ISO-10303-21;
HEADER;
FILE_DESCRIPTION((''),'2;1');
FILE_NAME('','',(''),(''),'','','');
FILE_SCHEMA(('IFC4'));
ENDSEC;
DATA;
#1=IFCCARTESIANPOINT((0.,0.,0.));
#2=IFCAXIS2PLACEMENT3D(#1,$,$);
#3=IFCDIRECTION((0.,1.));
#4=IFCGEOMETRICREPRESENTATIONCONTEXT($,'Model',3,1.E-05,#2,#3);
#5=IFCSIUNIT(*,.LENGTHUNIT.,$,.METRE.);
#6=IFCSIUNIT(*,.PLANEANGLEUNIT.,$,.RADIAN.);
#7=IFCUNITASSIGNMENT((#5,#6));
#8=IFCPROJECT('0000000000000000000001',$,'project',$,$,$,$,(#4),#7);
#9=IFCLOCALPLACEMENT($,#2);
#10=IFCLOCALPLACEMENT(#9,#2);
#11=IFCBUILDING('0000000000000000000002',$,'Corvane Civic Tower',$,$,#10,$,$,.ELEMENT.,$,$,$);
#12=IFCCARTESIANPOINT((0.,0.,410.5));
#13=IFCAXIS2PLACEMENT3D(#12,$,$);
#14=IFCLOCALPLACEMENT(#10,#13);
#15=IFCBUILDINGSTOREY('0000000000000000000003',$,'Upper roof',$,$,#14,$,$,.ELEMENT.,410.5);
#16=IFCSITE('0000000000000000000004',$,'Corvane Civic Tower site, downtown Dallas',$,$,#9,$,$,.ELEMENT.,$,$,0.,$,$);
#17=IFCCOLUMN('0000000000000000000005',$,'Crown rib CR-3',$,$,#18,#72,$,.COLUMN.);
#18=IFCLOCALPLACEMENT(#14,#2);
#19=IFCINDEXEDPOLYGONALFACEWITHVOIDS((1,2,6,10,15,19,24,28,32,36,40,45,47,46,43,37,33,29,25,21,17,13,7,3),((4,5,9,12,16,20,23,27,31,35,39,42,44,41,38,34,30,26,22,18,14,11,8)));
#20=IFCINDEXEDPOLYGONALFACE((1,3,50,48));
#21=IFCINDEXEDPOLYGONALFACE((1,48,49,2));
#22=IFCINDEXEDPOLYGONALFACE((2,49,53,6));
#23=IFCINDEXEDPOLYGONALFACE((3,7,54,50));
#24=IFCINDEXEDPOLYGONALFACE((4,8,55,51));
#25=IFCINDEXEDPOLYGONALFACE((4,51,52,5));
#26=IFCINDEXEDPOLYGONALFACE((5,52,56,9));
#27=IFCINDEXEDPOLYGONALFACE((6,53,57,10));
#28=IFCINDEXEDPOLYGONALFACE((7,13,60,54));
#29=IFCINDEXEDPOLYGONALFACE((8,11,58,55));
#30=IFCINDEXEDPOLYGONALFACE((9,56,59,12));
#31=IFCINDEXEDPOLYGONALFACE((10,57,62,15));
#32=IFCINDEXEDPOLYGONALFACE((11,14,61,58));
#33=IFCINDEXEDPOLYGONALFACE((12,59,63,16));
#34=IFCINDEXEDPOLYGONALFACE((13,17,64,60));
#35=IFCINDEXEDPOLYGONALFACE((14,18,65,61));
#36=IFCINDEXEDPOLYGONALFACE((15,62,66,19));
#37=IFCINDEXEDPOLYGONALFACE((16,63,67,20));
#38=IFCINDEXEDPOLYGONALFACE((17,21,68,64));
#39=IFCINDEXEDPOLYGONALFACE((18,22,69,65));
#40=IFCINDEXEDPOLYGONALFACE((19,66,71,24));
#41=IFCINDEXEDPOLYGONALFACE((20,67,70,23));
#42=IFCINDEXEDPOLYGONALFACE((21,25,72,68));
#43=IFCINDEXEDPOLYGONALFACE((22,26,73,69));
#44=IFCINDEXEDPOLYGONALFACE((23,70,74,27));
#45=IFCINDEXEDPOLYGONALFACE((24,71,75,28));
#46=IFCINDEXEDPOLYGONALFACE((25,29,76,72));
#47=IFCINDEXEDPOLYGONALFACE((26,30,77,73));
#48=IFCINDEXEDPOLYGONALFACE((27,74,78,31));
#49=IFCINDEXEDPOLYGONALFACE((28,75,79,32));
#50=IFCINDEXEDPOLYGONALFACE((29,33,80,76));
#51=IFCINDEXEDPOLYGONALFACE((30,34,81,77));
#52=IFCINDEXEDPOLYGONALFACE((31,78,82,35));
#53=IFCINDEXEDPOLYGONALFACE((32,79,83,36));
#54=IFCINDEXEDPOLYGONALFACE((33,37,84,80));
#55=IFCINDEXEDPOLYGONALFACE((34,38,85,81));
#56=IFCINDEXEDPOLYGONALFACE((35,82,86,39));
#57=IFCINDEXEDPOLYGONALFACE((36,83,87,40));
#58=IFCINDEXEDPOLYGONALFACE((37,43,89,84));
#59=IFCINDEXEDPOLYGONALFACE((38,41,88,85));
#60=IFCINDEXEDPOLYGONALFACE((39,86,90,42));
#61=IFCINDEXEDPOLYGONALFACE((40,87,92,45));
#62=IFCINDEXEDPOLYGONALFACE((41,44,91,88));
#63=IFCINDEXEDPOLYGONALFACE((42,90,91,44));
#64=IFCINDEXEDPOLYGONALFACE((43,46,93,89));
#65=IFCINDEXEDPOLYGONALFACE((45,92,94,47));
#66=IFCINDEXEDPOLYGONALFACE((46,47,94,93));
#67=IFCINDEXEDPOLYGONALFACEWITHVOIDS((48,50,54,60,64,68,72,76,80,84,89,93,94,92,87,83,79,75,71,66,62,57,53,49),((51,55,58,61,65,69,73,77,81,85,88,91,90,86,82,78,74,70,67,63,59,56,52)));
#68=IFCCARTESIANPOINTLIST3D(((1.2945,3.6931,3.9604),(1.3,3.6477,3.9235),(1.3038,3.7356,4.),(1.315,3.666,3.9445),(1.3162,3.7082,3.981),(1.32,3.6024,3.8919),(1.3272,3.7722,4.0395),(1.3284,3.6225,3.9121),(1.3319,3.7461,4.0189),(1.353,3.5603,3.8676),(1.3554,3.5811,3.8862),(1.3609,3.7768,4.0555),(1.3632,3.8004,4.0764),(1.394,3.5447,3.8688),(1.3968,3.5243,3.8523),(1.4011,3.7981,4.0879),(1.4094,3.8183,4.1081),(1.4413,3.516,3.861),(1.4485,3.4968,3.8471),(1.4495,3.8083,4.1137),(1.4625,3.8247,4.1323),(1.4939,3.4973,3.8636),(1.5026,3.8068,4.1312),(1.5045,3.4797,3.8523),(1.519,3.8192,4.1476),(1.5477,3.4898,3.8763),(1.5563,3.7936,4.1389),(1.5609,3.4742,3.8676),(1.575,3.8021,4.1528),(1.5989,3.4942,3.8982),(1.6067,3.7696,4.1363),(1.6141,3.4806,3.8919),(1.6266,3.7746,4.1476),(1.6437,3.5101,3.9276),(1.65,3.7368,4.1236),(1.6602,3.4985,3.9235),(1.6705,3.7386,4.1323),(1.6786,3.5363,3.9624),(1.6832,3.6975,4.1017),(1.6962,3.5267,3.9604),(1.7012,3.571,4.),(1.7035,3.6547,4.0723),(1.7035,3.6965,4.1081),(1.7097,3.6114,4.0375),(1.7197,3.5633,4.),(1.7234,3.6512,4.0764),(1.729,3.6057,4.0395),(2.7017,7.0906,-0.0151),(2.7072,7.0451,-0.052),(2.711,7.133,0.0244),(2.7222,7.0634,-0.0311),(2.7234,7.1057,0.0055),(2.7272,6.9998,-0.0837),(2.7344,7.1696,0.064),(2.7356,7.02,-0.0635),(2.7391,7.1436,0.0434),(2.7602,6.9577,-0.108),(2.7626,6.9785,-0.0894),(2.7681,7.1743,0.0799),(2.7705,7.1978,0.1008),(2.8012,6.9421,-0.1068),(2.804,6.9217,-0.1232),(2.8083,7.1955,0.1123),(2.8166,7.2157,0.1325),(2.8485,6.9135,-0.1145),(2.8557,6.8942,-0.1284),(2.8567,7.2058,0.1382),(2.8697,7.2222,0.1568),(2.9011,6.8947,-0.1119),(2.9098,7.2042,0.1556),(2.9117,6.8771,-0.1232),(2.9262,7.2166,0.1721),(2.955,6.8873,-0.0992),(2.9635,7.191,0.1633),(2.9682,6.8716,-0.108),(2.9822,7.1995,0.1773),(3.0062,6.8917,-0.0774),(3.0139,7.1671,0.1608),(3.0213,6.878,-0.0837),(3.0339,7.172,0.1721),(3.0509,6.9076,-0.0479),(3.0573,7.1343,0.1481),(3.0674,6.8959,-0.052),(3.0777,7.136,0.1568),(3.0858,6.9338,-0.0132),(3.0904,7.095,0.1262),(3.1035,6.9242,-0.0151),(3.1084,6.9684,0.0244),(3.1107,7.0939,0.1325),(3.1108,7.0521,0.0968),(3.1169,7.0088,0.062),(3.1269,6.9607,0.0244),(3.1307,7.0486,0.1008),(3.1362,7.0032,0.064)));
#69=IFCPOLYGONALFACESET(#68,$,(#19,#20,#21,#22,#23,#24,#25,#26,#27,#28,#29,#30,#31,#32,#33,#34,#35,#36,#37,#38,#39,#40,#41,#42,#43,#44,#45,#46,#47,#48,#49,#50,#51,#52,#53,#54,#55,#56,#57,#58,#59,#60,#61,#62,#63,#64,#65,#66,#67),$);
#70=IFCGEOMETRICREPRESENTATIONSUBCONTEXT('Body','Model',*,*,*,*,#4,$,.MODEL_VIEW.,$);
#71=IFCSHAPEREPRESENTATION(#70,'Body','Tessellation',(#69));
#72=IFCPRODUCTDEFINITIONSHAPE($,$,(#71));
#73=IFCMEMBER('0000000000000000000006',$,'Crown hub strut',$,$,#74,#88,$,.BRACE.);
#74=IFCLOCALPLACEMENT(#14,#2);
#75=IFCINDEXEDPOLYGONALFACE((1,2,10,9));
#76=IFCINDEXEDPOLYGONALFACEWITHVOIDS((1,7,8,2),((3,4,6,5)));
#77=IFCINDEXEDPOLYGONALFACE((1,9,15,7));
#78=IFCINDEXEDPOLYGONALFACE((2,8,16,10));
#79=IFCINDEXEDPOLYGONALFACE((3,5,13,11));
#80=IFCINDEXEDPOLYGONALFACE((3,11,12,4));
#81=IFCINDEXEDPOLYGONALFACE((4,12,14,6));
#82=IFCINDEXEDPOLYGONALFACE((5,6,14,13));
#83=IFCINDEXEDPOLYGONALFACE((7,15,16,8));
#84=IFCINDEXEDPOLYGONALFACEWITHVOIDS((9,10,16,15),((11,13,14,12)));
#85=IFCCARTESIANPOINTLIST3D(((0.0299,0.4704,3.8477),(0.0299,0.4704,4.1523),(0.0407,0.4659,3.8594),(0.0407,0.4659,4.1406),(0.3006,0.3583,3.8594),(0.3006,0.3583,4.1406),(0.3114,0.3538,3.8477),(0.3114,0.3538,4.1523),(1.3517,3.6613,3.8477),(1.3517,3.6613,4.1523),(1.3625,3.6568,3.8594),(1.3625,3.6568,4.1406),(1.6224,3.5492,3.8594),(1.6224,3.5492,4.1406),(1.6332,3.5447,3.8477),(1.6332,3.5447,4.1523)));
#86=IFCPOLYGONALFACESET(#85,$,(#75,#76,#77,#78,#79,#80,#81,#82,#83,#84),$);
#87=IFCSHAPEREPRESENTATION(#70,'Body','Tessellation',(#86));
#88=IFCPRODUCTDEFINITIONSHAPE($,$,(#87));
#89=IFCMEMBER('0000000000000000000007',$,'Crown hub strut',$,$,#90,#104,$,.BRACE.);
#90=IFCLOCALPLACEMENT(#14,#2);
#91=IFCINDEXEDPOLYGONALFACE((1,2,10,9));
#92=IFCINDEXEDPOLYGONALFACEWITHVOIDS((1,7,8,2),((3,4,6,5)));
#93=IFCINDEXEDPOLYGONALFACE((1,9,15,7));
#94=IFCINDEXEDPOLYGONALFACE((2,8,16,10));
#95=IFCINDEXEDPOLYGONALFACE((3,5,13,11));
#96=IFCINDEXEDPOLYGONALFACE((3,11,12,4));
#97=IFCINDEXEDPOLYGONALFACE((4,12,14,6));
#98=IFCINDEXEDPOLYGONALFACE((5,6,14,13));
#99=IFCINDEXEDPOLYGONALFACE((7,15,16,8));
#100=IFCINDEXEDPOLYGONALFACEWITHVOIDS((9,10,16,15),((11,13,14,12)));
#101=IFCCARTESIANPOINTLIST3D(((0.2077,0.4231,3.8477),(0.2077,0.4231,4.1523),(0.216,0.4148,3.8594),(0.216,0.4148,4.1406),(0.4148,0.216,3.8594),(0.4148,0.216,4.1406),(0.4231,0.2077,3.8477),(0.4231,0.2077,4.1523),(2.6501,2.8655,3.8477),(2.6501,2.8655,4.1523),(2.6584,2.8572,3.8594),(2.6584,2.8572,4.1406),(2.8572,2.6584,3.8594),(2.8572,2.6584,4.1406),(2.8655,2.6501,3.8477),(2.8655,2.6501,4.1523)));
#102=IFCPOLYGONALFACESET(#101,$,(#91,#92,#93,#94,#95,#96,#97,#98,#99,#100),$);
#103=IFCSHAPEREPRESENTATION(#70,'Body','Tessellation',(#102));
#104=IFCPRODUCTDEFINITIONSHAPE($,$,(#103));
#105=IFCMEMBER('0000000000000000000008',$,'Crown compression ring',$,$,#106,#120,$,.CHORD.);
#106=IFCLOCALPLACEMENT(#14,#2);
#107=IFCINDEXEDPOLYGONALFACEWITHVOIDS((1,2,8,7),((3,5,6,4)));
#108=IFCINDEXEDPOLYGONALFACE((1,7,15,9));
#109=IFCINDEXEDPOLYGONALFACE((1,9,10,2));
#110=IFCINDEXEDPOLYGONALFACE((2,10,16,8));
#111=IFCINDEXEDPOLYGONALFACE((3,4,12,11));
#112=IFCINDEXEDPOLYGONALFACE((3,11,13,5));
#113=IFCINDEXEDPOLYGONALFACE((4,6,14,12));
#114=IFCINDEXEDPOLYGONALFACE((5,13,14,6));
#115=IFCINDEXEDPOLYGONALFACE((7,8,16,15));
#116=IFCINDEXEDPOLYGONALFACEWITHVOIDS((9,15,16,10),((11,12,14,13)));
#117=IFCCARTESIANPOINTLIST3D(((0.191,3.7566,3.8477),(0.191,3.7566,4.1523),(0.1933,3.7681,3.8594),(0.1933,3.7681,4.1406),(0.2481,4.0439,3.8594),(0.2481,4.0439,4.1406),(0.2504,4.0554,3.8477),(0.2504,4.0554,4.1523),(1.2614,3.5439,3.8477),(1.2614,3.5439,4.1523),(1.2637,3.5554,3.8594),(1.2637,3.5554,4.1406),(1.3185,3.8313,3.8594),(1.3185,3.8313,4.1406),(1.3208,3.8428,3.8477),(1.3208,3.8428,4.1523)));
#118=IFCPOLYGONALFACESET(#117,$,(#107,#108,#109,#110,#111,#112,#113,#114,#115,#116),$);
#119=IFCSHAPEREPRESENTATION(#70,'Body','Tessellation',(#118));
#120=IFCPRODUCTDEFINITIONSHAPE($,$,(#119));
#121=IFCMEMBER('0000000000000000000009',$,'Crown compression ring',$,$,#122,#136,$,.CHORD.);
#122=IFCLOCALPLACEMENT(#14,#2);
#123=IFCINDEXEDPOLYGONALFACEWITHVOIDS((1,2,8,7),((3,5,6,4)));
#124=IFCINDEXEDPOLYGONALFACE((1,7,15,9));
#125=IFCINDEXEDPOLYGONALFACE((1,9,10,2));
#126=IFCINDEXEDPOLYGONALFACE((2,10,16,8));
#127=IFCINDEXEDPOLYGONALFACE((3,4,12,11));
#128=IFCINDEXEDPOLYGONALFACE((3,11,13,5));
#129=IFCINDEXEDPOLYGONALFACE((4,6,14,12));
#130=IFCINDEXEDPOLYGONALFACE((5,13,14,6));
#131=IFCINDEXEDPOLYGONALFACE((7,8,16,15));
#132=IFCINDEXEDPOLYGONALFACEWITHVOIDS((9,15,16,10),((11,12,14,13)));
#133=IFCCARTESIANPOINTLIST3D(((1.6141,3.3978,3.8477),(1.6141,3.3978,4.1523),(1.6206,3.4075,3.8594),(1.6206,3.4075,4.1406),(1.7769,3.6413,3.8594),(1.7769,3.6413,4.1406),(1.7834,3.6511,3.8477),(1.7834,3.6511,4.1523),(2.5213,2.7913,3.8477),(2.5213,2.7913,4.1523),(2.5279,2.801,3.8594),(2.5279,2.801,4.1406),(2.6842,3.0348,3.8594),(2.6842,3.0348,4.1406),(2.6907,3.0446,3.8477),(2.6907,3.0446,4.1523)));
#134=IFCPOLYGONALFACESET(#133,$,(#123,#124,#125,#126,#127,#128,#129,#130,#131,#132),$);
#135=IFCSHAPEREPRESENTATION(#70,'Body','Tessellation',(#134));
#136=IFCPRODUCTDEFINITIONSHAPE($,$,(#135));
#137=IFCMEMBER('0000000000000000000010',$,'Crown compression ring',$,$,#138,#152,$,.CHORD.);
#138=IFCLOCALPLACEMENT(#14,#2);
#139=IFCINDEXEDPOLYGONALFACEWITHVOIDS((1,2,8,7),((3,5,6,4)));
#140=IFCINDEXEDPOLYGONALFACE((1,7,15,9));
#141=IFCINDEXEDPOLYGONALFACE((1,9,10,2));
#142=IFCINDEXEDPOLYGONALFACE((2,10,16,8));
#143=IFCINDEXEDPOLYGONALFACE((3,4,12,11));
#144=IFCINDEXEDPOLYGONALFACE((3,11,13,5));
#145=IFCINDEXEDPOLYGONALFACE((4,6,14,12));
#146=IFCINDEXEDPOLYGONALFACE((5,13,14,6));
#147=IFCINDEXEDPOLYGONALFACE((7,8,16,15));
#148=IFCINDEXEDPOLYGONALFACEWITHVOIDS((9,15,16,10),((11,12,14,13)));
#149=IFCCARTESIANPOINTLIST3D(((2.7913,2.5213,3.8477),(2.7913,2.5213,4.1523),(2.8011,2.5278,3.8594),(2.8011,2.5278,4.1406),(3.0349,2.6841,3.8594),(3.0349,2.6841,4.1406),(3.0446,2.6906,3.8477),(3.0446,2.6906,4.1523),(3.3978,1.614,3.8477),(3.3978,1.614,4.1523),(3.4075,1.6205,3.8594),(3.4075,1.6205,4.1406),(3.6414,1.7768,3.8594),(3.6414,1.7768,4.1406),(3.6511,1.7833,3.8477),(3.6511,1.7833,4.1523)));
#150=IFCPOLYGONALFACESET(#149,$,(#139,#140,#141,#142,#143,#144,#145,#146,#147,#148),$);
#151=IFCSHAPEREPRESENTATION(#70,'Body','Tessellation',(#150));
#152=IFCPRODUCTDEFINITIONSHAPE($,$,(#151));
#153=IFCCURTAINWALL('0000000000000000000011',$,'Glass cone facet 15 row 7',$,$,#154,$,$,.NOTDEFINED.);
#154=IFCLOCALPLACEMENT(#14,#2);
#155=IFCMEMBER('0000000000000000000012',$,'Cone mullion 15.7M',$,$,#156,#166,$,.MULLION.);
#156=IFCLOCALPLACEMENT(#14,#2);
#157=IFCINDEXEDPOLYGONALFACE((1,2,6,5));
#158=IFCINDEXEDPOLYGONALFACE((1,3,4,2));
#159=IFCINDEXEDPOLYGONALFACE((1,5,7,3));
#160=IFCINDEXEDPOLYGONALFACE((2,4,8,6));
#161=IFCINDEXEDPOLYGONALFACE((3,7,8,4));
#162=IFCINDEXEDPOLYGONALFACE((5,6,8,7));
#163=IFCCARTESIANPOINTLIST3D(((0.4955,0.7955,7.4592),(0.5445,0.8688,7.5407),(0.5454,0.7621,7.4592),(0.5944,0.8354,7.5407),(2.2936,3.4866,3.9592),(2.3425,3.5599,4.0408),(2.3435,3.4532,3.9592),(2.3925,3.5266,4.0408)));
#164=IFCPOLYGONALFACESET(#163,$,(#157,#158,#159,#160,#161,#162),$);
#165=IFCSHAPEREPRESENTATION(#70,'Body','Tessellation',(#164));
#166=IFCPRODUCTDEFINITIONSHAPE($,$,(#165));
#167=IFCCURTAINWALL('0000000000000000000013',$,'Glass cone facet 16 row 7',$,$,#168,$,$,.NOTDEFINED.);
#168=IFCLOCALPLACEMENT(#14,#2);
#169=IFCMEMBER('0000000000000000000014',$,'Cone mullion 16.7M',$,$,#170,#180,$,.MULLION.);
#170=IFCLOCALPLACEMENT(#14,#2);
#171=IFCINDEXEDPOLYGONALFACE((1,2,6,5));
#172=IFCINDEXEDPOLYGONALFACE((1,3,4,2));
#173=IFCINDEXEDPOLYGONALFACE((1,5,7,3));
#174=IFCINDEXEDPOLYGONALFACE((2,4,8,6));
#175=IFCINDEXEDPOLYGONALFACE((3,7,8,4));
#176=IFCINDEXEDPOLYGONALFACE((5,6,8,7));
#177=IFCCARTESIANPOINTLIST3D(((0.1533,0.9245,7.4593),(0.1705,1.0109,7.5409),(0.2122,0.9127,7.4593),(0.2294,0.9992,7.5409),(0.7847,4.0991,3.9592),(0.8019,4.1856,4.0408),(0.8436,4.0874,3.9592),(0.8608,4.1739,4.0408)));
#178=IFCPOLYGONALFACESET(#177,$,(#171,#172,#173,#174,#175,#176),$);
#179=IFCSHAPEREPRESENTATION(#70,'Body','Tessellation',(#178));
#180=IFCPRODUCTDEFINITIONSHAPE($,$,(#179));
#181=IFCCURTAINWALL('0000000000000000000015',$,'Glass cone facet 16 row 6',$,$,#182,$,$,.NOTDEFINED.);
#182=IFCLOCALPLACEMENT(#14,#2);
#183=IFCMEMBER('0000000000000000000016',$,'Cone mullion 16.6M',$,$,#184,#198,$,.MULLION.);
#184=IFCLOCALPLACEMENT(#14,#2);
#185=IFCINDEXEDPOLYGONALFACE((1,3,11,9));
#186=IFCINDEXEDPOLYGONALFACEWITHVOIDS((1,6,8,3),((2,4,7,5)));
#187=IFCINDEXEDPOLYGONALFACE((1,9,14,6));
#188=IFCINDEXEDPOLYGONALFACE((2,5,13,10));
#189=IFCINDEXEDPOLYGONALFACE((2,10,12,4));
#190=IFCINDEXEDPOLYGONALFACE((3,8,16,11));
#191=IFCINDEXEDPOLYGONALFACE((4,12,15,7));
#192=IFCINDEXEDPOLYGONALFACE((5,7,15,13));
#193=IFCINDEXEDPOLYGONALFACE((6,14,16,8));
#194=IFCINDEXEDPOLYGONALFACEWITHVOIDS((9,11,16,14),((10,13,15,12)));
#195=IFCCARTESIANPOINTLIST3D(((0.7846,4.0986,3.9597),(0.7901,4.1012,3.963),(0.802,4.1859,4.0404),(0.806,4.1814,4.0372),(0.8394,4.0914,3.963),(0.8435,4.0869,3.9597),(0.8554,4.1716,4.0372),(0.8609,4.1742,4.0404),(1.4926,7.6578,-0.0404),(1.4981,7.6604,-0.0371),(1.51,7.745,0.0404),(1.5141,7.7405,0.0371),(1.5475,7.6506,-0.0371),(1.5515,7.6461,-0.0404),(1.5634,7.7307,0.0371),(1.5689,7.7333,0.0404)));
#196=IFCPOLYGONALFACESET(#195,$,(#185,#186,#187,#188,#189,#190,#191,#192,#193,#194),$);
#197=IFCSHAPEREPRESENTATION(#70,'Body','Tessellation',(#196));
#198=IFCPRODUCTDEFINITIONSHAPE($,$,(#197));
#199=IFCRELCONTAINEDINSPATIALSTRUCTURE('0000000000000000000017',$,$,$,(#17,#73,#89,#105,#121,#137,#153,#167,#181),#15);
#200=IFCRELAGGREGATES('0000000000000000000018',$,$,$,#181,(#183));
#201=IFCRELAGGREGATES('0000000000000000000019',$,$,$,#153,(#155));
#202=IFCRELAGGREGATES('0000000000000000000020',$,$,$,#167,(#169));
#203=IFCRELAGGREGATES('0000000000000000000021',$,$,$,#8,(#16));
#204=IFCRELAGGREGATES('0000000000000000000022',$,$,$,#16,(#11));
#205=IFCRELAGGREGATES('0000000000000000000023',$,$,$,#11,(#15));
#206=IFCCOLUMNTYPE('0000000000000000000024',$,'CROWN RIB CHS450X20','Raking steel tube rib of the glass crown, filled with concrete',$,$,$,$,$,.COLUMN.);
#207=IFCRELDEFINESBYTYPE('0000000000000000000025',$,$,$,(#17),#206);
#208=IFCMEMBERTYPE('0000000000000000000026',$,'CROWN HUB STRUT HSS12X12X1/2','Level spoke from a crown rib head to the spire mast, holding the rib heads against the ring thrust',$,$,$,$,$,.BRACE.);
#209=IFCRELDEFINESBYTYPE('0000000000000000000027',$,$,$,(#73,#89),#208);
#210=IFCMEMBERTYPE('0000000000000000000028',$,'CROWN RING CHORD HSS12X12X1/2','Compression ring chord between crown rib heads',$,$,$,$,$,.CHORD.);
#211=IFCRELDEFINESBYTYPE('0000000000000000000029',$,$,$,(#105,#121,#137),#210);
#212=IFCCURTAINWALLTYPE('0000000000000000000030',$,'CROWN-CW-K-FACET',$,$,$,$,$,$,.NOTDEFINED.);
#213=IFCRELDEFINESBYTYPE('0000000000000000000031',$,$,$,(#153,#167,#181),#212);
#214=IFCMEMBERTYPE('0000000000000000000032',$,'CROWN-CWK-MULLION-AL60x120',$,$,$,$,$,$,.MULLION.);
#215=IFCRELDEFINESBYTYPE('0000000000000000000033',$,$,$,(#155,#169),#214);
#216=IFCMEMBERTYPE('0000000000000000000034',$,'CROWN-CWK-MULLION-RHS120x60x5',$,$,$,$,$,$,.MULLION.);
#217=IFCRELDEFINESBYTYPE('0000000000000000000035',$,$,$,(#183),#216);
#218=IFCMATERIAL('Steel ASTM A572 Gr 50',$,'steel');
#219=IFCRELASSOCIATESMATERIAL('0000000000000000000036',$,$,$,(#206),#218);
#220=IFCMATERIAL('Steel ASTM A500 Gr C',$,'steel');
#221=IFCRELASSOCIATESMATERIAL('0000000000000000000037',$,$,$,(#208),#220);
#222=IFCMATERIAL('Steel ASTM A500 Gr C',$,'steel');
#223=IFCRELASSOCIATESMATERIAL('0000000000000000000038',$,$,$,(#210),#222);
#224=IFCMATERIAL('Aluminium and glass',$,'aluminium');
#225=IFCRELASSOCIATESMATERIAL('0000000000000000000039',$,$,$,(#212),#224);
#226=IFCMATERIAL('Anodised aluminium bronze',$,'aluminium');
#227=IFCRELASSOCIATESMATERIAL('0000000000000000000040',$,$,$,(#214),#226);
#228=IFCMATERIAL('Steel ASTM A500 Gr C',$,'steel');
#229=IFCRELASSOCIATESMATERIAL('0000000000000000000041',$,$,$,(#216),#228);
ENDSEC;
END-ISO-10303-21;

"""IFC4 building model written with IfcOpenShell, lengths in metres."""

from ifc_helpers import new_model, si_unit, direction, frame, origin, origin_2d, place, context, subcontext, project, spatial, rectangle, hollow_rectangle, hollow_circle, extrude, material, material_profile, profile_set, type_object, element, aggregate, save


model = new_model("IFC4")

# Units and contexts
model_context = context("Model", 3, precision=1e-05, world=origin(), true_north=direction((0.0, 1.0)))
body_context = subcontext(model_context, "Body", "Model", "MODEL_VIEW")
ifc_project = project(units=[si_unit("LENGTHUNIT", "METRE"), si_unit("PLANEANGLEUNIT", "RADIAN")], contexts=[model_context])

# Site, building, storey
site_placement = place(None, origin())
site = spatial("IfcSite", under=ifc_project, at=site_placement, Name="Corvane Civic Tower site, downtown Dallas", CompositionType="ELEMENT", RefElevation=0.0)
building_placement = place(site_placement, origin())
building = spatial("IfcBuilding", under=site, at=building_placement, Name="Corvane Civic Tower", CompositionType="ELEMENT")
storey_placement = place(building_placement, frame((0.0, 0.0, 410.5)))
storey = spatial("IfcBuildingStorey", under=building, at=storey_placement, Name="Upper roof", CompositionType="ELEMENT", Elevation=410.5)

# Column
ifc_material_1 = material(Name="Steel ASTM A572 Gr 50", Category="steel")
ifc_material_profile_1 = material_profile(ifc_material_1, hollow_circle(Radius=0.2251, WallThickness=0.02, at=origin_2d()), Name="CHS450X20")
ifc_profile_set_1 = profile_set([ifc_material_profile_1], Name="Steel ASTM A572 Gr 50")
column_type = type_object("IfcColumnType", Name="CROWN RIB CHS450X20", Description="Raking steel tube rib of the glass crown, filled with concrete", PredefinedType="COLUMN", material=ifc_profile_set_1)
column_placement = place(storey_placement, frame((2.9189, 7.0469, 0.0244), z_axis=(-0.259849, -0.627352, 0.734104), x_axis=(0.923884, -0.382672, 0.0)))
element("IfcColumn", 1, at=column_placement, inside=storey, type_object=column_type, Name="Crown rib CR-3", PredefinedType="COLUMN", context=body_context, shape_type="SweptSolid", body=[
    extrude(hollow_circle(Radius=0.2251, WallThickness=0.02, at=origin_2d()), origin(), (0.0, 0.0, 1.0), 5.4155),
])

# Members
ifc_material_2 = material(Name="Steel ASTM A500 Gr C", Category="steel")
ifc_material_profile_2 = material_profile(ifc_material_2, hollow_rectangle(XDim=0.3047, YDim=0.3047, WallThickness=0.0117, at=origin_2d()), Name="HSS12X12X1/2")
ifc_profile_set_2 = profile_set([ifc_material_profile_2], Name="Steel ASTM A500 Gr C")
member_type_1 = type_object("IfcMemberType", Name="CROWN HUB STRUT HSS12X12X1/2", Description="Level spoke from a crown rib head to the spire mast, holding the rib heads against the ring thrust", PredefinedType="BRACE", material=ifc_profile_set_2)
member_1_placement = place(storey_placement, frame((1.4924, 3.603, 4.0), z_axis=(-0.382697, -0.923874, 0.0), x_axis=(0.923874, -0.382697, 0.0)))
element("IfcMember", 2, at=member_1_placement, inside=storey, type_object=member_type_1, Name="Crown hub strut", PredefinedType="BRACE", context=body_context, shape_type="SweptSolid", body=[
    extrude(hollow_rectangle(XDim=0.3047, YDim=0.3047, WallThickness=0.0117, at=origin_2d()), origin(), (0.0, 0.0, 1.0), 3.4539),
])
member_2_placement = place(storey_placement, frame((2.7578, 2.7578, 4.0), z_axis=(-0.707107, -0.707107, 0.0), x_axis=(0.707107, -0.707107, 0.0)))
element("IfcMember", 3, at=member_2_placement, inside=storey, type_object=member_type_1, Name="Crown hub strut", PredefinedType="BRACE", context=body_context, shape_type="SweptSolid", body=[
    extrude(hollow_rectangle(XDim=0.3047, YDim=0.3047, WallThickness=0.0117, at=origin_2d()), origin(), (0.0, 0.0, 1.0), 3.4541),
])
ifc_material_3 = material(Name="Steel ASTM A500 Gr C", Category="steel")
ifc_material_profile_3 = material_profile(ifc_material_3, hollow_rectangle(XDim=0.3047, YDim=0.3047, WallThickness=0.0117, at=origin_2d()), Name="HSS12X12X1/2")
ifc_profile_set_3 = profile_set([ifc_material_profile_3], Name="Steel ASTM A500 Gr C")
member_type_2 = type_object("IfcMemberType", Name="CROWN RING CHORD HSS12X12X1/2", Description="Compression ring chord between crown rib heads", PredefinedType="CHORD", material=ifc_profile_set_3)
for number, where, z_axis, x_axis, name in (
    (4, (0.2207, 3.906, 4.0), (0.980829, -0.194868, 0.0), (0.194868, 0.980829, 0.0), "Crown compression ring"),
    (5, (1.6987, 3.5244, 4.0), (0.831361, -0.555732, 0.0), (0.555732, 0.831361, 0.0), "Crown compression ring"),
    (6, (2.918, 2.606, 4.0), (0.555732, -0.831361, 0.0), (0.831361, 0.555732, 0.0), "Crown compression ring"),
):
    element("IfcMember", number, at=place(storey_placement, frame(where, z_axis=z_axis, x_axis=x_axis)), inside=storey, type_object=member_type_2, Name=name, PredefinedType="CHORD", context=body_context, shape_type="SweptSolid", body=[
        extrude(hollow_rectangle(XDim=0.3047, YDim=0.3047, WallThickness=0.0117, at=origin_2d()), origin(), (0.0, 0.0, 1.0), 1.0913),
    ])

# Curtain walls, members
ifc_material_4 = material(Name="Aluminium and glass", Category="aluminium")
curtain_wall_type = type_object("IfcCurtainWallType", Name="CROWN-CW-K-FACET", PredefinedType="NOTDEFINED", material=ifc_material_4)
curtain_wall_1_placement = place(storey_placement, origin())
curtain_wall_1 = element("IfcCurtainWall", 7, at=curtain_wall_1_placement, inside=storey, type_object=curtain_wall_type, Name="Glass cone facet 15 row 7", PredefinedType="NOTDEFINED")
ifc_material_5 = material(Name="Anodised aluminium bronze", Category="aluminium")
ifc_material_profile_4 = material_profile(ifc_material_5, rectangle(XDim=0.0601, YDim=0.1201, at=origin_2d()), Name="AL 60x120")
ifc_profile_set_4 = profile_set([ifc_material_profile_4], Name="Anodised aluminium bronze")
member_type_3 = type_object("IfcMemberType", Name="CROWN-CWK-MULLION-AL60x120", PredefinedType="MULLION", material=ifc_profile_set_4)
member_3_placement = place(storey_placement, frame((2.343, 3.5066, 4.0), z_axis=(-0.377186, -0.564525, 0.734195), x_axis=(0.831481, -0.555553, 0.0)))
member_3 = element("IfcMember", 8, at=member_3_placement, type_object=member_type_3, Name="Cone mullion 15.7M", PredefinedType="MULLION", context=body_context, shape_type="SweptSolid", body=[
    extrude(rectangle(XDim=0.0601, YDim=0.1201, at=origin_2d()), origin(), (0.0, 0.0, 1.0), 4.7671),
])
curtain_wall_2_placement = place(storey_placement, origin())
curtain_wall_2 = element("IfcCurtainWall", 9, at=curtain_wall_2_placement, inside=storey, type_object=curtain_wall_type, Name="Glass cone facet 16 row 7", PredefinedType="NOTDEFINED")
member_4_placement = place(storey_placement, frame((0.8228, 4.1365, 4.0), z_axis=(-0.132435, -0.665914, 0.73418), x_axis=(0.980792, -0.195057, 0.0)))
member_4 = element("IfcMember", 10, at=member_4_placement, type_object=member_type_3, Name="Cone mullion 16.7M", PredefinedType="MULLION", context=body_context, shape_type="SweptSolid", body=[
    extrude(rectangle(XDim=0.0601, YDim=0.1201, at=origin_2d()), origin(), (0.0, 0.0, 1.0), 4.7673),
])

# Curtain wall, member
curtain_wall_3_placement = place(storey_placement, origin())
curtain_wall_3 = element("IfcCurtainWall", 11, at=curtain_wall_3_placement, inside=storey, type_object=curtain_wall_type, Name="Glass cone facet 16 row 6", PredefinedType="NOTDEFINED")
ifc_material_6 = material(Name="Steel ASTM A500 Gr C", Category="steel")
ifc_material_profile_5 = material_profile(ifc_material_6, hollow_rectangle(XDim=0.0601, YDim=0.1201, WallThickness=0.0049, at=origin_2d()), Name="RHS 120x60x5")
ifc_profile_set_5 = profile_set([ifc_material_profile_5], Name="Steel ASTM A500 Gr C")
member_type_4 = type_object("IfcMemberType", Name="CROWN-CWK-MULLION-RHS120x60x5", PredefinedType="MULLION", material=ifc_profile_set_5)
member_5_placement = place(storey_placement, frame((1.5308, 7.6956, 0.0), z_axis=(-0.131094, -0.658995, 0.740635), x_axis=(0.980782, -0.195107, 0.0)))
member_5 = element("IfcMember", 12, at=member_5_placement, type_object=member_type_4, Name="Cone mullion 16.6M", PredefinedType="MULLION", context=body_context, shape_type="SweptSolid", body=[
    extrude(hollow_rectangle(XDim=0.0601, YDim=0.1201, WallThickness=0.0049, at=origin_2d()), origin(), (0.0, 0.0, 1.0), 5.4009),
])

aggregate(curtain_wall_3, [member_5])

aggregate(curtain_wall_1, [member_3])

aggregate(curtain_wall_2, [member_4])

save(model, "model.ifc")
